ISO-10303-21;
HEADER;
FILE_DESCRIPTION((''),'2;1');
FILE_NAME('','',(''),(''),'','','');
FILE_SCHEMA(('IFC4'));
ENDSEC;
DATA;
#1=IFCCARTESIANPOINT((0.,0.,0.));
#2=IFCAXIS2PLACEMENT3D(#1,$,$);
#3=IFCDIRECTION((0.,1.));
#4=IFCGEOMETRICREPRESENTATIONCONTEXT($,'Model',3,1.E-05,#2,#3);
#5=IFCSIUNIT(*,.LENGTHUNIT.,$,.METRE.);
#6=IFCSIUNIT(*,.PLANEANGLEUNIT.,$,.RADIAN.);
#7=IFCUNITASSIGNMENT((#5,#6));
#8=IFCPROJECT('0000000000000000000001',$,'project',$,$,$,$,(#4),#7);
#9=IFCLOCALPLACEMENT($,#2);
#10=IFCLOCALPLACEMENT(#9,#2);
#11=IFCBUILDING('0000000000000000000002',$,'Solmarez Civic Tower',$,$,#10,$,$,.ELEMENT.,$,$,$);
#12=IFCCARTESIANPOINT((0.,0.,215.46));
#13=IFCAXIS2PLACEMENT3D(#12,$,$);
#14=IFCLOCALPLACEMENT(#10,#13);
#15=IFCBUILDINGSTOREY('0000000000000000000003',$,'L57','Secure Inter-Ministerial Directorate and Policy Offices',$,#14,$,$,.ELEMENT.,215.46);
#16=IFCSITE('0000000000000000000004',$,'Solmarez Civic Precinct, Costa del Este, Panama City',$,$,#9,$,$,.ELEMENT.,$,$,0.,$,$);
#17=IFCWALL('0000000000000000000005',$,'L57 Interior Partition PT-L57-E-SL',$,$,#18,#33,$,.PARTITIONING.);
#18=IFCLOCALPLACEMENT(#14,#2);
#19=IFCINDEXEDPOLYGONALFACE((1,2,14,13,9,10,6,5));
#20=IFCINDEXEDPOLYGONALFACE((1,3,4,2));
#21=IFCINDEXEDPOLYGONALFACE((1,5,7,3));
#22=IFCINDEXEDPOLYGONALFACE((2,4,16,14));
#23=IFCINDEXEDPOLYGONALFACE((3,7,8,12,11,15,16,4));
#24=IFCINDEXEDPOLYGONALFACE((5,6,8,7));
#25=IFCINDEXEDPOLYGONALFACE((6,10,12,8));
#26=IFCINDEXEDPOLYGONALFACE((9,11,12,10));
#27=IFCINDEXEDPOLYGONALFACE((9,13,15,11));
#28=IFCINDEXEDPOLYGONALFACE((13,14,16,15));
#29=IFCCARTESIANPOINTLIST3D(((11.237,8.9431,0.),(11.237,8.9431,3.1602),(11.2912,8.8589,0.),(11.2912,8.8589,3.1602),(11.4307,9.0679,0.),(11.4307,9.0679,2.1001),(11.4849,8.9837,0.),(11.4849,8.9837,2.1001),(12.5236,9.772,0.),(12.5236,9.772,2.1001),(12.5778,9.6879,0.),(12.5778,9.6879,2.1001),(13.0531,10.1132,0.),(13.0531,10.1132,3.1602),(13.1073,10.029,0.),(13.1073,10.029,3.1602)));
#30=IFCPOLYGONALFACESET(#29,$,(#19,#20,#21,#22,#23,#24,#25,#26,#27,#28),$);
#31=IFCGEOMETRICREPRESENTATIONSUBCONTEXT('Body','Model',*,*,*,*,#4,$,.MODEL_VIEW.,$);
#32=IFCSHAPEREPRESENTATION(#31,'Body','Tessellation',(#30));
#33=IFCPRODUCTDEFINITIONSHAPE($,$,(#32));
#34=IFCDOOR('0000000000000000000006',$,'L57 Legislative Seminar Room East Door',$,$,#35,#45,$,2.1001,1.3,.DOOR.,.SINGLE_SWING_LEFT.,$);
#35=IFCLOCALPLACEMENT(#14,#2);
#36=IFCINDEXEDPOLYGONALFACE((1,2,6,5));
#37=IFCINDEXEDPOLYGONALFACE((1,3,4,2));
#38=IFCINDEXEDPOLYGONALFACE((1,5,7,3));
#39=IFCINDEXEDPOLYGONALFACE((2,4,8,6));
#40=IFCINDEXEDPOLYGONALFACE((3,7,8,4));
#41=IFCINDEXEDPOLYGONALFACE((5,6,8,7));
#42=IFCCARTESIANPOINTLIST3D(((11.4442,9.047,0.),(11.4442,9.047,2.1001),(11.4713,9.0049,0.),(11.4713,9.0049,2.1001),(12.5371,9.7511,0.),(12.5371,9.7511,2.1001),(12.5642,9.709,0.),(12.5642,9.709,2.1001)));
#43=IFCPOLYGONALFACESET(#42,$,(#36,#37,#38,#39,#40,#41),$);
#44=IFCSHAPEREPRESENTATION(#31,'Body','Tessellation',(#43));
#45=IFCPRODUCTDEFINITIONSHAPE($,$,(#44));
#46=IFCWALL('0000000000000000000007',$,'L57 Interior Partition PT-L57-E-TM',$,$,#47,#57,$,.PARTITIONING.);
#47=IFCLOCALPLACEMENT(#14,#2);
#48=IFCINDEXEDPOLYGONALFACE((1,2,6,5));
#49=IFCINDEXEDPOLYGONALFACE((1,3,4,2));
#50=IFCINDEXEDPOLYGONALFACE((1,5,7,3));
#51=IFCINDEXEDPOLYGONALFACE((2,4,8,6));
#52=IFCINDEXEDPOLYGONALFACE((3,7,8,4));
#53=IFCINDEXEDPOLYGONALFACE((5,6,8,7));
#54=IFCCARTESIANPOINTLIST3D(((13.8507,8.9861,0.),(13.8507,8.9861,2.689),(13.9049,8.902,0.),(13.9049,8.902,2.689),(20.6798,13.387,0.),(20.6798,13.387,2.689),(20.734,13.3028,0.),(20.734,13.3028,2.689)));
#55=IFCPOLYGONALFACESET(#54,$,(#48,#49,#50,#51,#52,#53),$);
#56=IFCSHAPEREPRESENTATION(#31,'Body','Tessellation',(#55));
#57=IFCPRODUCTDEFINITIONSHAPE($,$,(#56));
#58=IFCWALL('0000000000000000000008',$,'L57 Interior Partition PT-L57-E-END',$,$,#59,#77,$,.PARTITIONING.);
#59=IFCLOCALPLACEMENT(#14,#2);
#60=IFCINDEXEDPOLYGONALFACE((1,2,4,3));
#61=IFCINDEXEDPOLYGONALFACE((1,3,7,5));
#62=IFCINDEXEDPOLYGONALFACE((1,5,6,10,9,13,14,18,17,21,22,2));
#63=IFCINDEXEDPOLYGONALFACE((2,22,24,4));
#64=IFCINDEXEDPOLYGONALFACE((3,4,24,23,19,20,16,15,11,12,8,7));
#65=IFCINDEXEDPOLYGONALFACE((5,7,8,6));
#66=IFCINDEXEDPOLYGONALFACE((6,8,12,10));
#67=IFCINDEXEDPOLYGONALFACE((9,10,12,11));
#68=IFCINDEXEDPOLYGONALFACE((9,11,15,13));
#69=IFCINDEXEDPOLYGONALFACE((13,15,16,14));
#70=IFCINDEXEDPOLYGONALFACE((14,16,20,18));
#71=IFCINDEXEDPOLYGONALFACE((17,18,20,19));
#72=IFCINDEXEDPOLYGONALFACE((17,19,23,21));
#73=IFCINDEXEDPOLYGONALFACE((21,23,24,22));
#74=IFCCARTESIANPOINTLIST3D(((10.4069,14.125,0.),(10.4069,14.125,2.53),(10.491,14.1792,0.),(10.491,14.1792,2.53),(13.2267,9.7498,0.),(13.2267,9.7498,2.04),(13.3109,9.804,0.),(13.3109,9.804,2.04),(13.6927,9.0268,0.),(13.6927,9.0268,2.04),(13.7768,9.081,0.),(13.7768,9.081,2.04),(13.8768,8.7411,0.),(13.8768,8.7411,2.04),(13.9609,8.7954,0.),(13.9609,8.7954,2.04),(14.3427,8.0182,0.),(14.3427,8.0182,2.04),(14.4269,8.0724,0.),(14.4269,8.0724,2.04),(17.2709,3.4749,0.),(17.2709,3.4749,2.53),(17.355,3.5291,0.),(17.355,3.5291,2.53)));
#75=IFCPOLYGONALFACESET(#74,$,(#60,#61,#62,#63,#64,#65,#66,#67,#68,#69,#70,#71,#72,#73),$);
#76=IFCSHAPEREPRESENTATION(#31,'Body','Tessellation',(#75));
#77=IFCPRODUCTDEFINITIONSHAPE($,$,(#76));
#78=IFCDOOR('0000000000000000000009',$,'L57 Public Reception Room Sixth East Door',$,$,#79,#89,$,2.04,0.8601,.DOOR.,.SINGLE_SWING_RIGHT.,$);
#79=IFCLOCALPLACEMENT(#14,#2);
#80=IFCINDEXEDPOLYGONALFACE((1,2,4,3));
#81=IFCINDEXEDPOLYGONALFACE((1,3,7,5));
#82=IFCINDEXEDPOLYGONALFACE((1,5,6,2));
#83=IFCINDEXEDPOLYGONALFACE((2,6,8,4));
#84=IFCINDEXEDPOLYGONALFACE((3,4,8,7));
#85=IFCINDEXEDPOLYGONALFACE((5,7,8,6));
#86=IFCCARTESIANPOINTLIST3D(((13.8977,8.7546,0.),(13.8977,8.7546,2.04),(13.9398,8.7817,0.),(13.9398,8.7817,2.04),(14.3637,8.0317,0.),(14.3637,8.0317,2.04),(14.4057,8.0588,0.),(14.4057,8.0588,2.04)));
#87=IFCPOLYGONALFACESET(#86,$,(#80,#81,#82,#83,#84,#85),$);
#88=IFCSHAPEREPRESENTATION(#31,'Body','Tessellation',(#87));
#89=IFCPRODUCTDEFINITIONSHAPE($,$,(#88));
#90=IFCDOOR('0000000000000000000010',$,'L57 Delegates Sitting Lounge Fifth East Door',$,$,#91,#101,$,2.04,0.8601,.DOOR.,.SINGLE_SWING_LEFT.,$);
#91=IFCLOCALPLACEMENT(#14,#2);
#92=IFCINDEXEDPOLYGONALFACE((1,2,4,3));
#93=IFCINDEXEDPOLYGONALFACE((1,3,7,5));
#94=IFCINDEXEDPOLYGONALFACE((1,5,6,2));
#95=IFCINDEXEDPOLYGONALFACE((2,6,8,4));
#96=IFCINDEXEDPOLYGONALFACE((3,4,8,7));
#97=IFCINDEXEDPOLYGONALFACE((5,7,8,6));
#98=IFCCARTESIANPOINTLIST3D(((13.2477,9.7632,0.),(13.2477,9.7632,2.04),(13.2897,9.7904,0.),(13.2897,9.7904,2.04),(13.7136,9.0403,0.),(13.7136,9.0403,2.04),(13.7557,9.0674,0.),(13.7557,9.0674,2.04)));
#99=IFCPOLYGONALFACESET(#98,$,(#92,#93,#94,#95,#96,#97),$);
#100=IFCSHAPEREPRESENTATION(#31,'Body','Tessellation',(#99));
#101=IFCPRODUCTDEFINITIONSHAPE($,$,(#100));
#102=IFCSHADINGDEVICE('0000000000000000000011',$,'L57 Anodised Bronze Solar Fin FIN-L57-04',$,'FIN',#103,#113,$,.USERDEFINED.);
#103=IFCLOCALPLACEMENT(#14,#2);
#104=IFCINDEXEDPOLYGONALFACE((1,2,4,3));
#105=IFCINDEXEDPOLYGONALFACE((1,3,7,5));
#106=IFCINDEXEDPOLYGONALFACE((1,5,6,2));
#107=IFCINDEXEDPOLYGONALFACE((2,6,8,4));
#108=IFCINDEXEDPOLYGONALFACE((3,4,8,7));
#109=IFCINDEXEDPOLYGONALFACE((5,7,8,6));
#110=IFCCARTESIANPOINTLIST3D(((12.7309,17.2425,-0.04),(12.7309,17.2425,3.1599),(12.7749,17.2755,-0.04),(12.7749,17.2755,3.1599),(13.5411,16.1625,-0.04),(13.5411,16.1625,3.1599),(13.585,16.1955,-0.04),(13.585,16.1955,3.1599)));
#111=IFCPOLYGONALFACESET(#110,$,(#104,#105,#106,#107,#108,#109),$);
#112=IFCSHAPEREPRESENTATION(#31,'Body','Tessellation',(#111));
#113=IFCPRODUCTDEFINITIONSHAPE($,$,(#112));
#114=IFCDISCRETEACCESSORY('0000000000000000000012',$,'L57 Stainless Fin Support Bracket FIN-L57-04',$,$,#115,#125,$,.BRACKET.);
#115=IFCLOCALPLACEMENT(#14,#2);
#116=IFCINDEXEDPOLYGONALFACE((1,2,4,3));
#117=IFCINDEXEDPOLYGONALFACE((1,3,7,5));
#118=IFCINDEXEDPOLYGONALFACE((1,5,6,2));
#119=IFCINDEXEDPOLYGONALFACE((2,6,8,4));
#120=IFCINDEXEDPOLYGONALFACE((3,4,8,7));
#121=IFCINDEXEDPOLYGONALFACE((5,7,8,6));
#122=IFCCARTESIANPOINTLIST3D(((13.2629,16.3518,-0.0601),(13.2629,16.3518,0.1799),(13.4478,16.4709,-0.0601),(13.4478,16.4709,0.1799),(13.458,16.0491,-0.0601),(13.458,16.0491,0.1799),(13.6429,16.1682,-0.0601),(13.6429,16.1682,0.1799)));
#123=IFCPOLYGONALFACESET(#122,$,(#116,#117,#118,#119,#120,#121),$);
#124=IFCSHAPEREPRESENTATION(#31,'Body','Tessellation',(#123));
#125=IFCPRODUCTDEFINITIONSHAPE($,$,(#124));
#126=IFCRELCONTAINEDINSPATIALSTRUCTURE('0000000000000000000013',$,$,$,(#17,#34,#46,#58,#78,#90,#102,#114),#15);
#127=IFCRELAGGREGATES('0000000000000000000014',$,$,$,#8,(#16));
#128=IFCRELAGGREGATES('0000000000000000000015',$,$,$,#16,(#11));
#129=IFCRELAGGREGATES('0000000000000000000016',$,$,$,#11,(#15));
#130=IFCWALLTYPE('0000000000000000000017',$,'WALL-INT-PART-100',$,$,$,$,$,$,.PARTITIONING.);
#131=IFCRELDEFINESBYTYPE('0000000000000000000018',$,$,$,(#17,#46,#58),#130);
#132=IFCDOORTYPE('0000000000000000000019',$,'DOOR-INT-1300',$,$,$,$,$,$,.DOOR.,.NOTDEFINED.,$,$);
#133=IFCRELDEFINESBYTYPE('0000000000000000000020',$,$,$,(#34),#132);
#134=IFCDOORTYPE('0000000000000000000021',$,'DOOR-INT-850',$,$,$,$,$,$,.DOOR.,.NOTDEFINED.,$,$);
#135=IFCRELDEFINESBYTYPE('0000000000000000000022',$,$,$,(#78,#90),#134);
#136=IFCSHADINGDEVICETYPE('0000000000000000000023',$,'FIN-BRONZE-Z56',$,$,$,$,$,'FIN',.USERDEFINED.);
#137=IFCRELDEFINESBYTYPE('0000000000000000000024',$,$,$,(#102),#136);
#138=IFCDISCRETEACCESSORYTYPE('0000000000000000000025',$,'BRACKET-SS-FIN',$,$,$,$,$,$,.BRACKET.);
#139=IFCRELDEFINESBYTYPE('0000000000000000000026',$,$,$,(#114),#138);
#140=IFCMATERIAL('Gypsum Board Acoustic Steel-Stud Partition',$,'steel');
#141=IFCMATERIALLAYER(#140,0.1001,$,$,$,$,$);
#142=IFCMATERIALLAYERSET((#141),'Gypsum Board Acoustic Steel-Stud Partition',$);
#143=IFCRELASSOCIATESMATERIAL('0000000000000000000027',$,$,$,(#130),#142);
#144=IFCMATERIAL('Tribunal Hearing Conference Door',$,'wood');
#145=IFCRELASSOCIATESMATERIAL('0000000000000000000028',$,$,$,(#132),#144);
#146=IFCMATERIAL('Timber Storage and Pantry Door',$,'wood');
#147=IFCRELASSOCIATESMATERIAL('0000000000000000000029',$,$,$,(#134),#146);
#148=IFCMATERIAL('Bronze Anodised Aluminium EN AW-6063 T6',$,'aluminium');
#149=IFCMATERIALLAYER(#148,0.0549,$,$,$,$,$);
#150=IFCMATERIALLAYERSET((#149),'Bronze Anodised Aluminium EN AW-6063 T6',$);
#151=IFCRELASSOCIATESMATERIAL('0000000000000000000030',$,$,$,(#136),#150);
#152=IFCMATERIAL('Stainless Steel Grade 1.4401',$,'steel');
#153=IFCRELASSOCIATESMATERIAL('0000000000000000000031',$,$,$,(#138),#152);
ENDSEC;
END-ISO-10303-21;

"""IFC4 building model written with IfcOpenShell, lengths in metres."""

from ifc_helpers import new_model, si_unit, direction, frame, frame_2d, origin, origin_2d, place, context, subcontext, project, spatial, rectangle, extrude, material, layer, layer_set, type_object, element, fill, save


model = new_model("IFC4")

# Units and contexts
model_context = context("Model", 3, precision=1e-05, world=origin(), true_north=direction((0.0, 1.0)))
body_context = subcontext(model_context, "Body", "Model", "MODEL_VIEW")
ifc_project = project(units=[si_unit("LENGTHUNIT", "METRE"), si_unit("PLANEANGLEUNIT", "RADIAN")], contexts=[model_context])

# Site, building, storey
site_placement = place(None, origin())
site = spatial("IfcSite", under=ifc_project, at=site_placement, Name="Solmarez Civic Precinct, Costa del Este, Panama City", CompositionType="ELEMENT", RefElevation=0.0)
building_placement = place(site_placement, origin())
building = spatial("IfcBuilding", under=site, at=building_placement, Name="Solmarez Civic Tower", CompositionType="ELEMENT")
storey_placement = place(building_placement, frame((0.0, 0.0, 215.46)))
storey = spatial("IfcBuildingStorey", under=building, at=storey_placement, Name="L57", Description="Secure Inter-Ministerial Directorate and Policy Offices", CompositionType="ELEMENT", Elevation=215.46)

# Shared definitions
ifc_material_1 = material(Name="Gypsum Board Acoustic Steel-Stud Partition", Category="steel")
ifc_layer_1 = layer(ifc_material_1, 0.1001)
ifc_layer_set_1 = layer_set([ifc_layer_1], Name="Gypsum Board Acoustic Steel-Stud Partition")
wall_type_1 = type_object("IfcWallType", Name="WALL-INT-PART-100", PredefinedType="PARTITIONING", material=ifc_layer_set_1)

# Wall, opening, door
wall_1_placement = place(storey_placement, frame((13.0801, 10.071, 0.0), z_axis=(0.0, 0.0, 1.0), x_axis=(-0.840624, -0.54162, 0.0)))
wall_1 = element("IfcWall", 1, at=wall_1_placement, inside=storey, type_object=wall_type_1, Name="L57 Interior Partition PT-L57-E-SL", PredefinedType="PARTITIONING", context=body_context, shape_type="SweptSolid", body=[
    extrude(rectangle(XDim=2.1604, YDim=0.1001, at=frame_2d((1.0801, 0.0))), origin(), (0.0, 0.0, 1.0), 3.1602),
])
opening_1_placement = place(wall_1_placement, frame((0.6299, 0.0, 0.0)))
opening_1 = element("IfcOpeningElement", 2, at=opening_1_placement, cuts=wall_1, PredefinedType="OPENING", context=body_context, shape_type="SweptSolid", body=[
    extrude(rectangle(XDim=1.3, YDim=2.1001, at=frame_2d((0.6499, 1.05))), frame((0.0, 0.0601, 0.0), z_axis=(0.0, -1.0, 0.0), x_axis=(1.0, 0.0, 0.0)), (0.0, 0.0, 1.0), 0.1201),
])
ifc_material_2 = material(Name="Tribunal Hearing Conference Door", Category="wood")
door_type_1 = type_object("IfcDoorType", Name="DOOR-INT-1300", OperationType="NOTDEFINED", PredefinedType="DOOR", material=ifc_material_2)
door_1_placement = place(opening_1_placement, origin())
door_1 = element("IfcDoor", 3, at=door_1_placement, inside=storey, type_object=door_type_1, Name="L57 Legislative Seminar Room East Door", OperationType="SINGLE_SWING_LEFT", OverallHeight=2.1001, OverallWidth=1.3, PredefinedType="DOOR", context=body_context, shape_type="SweptSolid", body=[
    extrude(rectangle(XDim=1.3, YDim=2.1001, at=frame_2d((0.6499, 1.05))), frame((0.0, 0.0249, 0.0), z_axis=(0.0, -1.0, 0.0), x_axis=(1.0, 0.0, 0.0)), (0.0, 0.0, 1.0), 0.05),
])
fill(opening_1, door_1)

# Wall
wall_2_placement = place(storey_placement, frame((13.8779, 8.9441, 0.0), z_axis=(0.0, 0.0, 1.0), x_axis=(0.840577, 0.541693, 0.0)))
element("IfcWall", 4, at=wall_2_placement, inside=storey, type_object=wall_type_1, Name="L57 Interior Partition PT-L57-E-TM", PredefinedType="PARTITIONING", context=body_context, shape_type="SweptSolid", body=[
    extrude(rectangle(XDim=8.1243, YDim=0.1001, at=frame_2d((4.062, 0.0))), origin(), (0.0, 0.0, 1.0), 2.689),
])

# Wall, openings, doors
wall_3_placement = place(storey_placement, frame((10.449, 14.1521, 0.0), z_axis=(0.0, 0.0, 1.0), x_axis=(0.541734, -0.84055, 0.0)))
wall_3 = element("IfcWall", 5, at=wall_3_placement, inside=storey, type_object=wall_type_1, Name="L57 Interior Partition PT-L57-E-END", PredefinedType="PARTITIONING", context=body_context, shape_type="SweptSolid", body=[
    extrude(rectangle(XDim=12.6704, YDim=0.1001, at=frame_2d((6.3352, 0.0))), origin(), (0.0, 0.0, 1.0), 2.53),
])
opening_2_placement = place(wall_3_placement, frame((6.405, 0.0, 0.0)))
opening_2 = element("IfcOpeningElement", 6, at=opening_2_placement, cuts=wall_3, PredefinedType="OPENING", context=body_context, shape_type="SweptSolid", body=[
    extrude(rectangle(XDim=0.8601, YDim=2.04, at=frame_2d((0.4302, 1.02))), frame((0.0, 0.0601, 0.0), z_axis=(0.0, -1.0, 0.0), x_axis=(1.0, 0.0, 0.0)), (0.0, 0.0, 1.0), 0.1201),
])
opening_3_placement = place(wall_3_placement, frame((5.2051, 0.0, 0.0)))
opening_3 = element("IfcOpeningElement", 7, at=opening_3_placement, cuts=wall_3, PredefinedType="OPENING", context=body_context, shape_type="SweptSolid", body=[
    extrude(rectangle(XDim=0.8601, YDim=2.04, at=frame_2d((0.4302, 1.02))), frame((0.0, 0.0601, 0.0), z_axis=(0.0, -1.0, 0.0), x_axis=(1.0, 0.0, 0.0)), (0.0, 0.0, 1.0), 0.1201),
])
ifc_material_3 = material(Name="Timber Storage and Pantry Door", Category="wood")
door_type_2 = type_object("IfcDoorType", Name="DOOR-INT-850", OperationType="NOTDEFINED", PredefinedType="DOOR", material=ifc_material_3)
door_2_placement = place(opening_2_placement, origin())
door_2 = element("IfcDoor", 8, at=door_2_placement, inside=storey, type_object=door_type_2, Name="L57 Public Reception Room Sixth East Door", OperationType="SINGLE_SWING_RIGHT", OverallHeight=2.04, OverallWidth=0.8601, PredefinedType="DOOR", context=body_context, shape_type="SweptSolid", body=[
    extrude(rectangle(XDim=0.8601, YDim=2.04, at=frame_2d((0.4302, 1.02))), frame((0.0, 0.0249, 0.0), z_axis=(0.0, -1.0, 0.0), x_axis=(1.0, 0.0, 0.0)), (0.0, 0.0, 1.0), 0.05),
])
fill(opening_2, door_2)
door_3_placement = place(opening_3_placement, origin())
door_3 = element("IfcDoor", 9, at=door_3_placement, inside=storey, type_object=door_type_2, Name="L57 Delegates Sitting Lounge Fifth East Door", OperationType="SINGLE_SWING_LEFT", OverallHeight=2.04, OverallWidth=0.8601, PredefinedType="DOOR", context=body_context, shape_type="SweptSolid", body=[
    extrude(rectangle(XDim=0.8601, YDim=2.04, at=frame_2d((0.4302, 1.02))), frame((0.0, 0.0249, 0.0), z_axis=(0.0, -1.0, 0.0), x_axis=(1.0, 0.0, 0.0)), (0.0, 0.0, 1.0), 0.05),
])
fill(opening_3, door_3)

# Shading device
ifc_material_4 = material(Name="Bronze Anodised Aluminium EN AW-6063 T6", Category="aluminium")
ifc_layer_2 = layer(ifc_material_4, 0.0549)
ifc_layer_set_2 = layer_set([ifc_layer_2], Name="Bronze Anodised Aluminium EN AW-6063 T6")
shading_device_type = type_object("IfcShadingDeviceType", Name="FIN-BRONZE-Z56", ElementType="FIN", PredefinedType="USERDEFINED", material=ifc_layer_set_2)
shading_device_placement = place(storey_placement, frame((13.158, 16.719, -0.04), z_axis=(0.0, 0.0, 1.0), x_axis=(-0.600071, 0.799947, 0.0)))
element("IfcShadingDevice", 10, at=shading_device_placement, inside=storey, type_object=shading_device_type, Name="L57 Anodised Bronze Solar Fin FIN-L57-04", ObjectType="FIN", PredefinedType="USERDEFINED", context=body_context, shape_type="SweptSolid", body=[
    extrude(rectangle(XDim=1.3501, YDim=0.0549, at=origin_2d()), origin(), (0.0, 0.0, 1.0), 3.2),
])

# Discrete accessory
ifc_material_5 = material(Name="Stainless Steel Grade 1.4401", Category="steel")
discrete_accessory_type = type_object("IfcDiscreteAccessoryType", Name="BRACKET-SS-FIN", PredefinedType="BRACKET", material=ifc_material_5)
discrete_accessory_placement = place(storey_placement, frame((13.4529, 16.26, -0.0601), z_axis=(0.0, 0.0, 1.0), x_axis=(-0.541718, 0.840561, 0.0)))
element("IfcDiscreteAccessory", 11, at=discrete_accessory_placement, inside=storey, type_object=discrete_accessory_type, Name="L57 Stainless Fin Support Bracket FIN-L57-04", PredefinedType="BRACKET", context=body_context, shape_type="SweptSolid", body=[
    extrude(rectangle(XDim=0.3601, YDim=0.22, at=origin_2d()), origin(), (0.0, 0.0, 1.0), 0.24),
])

save(model, "model.ifc")
